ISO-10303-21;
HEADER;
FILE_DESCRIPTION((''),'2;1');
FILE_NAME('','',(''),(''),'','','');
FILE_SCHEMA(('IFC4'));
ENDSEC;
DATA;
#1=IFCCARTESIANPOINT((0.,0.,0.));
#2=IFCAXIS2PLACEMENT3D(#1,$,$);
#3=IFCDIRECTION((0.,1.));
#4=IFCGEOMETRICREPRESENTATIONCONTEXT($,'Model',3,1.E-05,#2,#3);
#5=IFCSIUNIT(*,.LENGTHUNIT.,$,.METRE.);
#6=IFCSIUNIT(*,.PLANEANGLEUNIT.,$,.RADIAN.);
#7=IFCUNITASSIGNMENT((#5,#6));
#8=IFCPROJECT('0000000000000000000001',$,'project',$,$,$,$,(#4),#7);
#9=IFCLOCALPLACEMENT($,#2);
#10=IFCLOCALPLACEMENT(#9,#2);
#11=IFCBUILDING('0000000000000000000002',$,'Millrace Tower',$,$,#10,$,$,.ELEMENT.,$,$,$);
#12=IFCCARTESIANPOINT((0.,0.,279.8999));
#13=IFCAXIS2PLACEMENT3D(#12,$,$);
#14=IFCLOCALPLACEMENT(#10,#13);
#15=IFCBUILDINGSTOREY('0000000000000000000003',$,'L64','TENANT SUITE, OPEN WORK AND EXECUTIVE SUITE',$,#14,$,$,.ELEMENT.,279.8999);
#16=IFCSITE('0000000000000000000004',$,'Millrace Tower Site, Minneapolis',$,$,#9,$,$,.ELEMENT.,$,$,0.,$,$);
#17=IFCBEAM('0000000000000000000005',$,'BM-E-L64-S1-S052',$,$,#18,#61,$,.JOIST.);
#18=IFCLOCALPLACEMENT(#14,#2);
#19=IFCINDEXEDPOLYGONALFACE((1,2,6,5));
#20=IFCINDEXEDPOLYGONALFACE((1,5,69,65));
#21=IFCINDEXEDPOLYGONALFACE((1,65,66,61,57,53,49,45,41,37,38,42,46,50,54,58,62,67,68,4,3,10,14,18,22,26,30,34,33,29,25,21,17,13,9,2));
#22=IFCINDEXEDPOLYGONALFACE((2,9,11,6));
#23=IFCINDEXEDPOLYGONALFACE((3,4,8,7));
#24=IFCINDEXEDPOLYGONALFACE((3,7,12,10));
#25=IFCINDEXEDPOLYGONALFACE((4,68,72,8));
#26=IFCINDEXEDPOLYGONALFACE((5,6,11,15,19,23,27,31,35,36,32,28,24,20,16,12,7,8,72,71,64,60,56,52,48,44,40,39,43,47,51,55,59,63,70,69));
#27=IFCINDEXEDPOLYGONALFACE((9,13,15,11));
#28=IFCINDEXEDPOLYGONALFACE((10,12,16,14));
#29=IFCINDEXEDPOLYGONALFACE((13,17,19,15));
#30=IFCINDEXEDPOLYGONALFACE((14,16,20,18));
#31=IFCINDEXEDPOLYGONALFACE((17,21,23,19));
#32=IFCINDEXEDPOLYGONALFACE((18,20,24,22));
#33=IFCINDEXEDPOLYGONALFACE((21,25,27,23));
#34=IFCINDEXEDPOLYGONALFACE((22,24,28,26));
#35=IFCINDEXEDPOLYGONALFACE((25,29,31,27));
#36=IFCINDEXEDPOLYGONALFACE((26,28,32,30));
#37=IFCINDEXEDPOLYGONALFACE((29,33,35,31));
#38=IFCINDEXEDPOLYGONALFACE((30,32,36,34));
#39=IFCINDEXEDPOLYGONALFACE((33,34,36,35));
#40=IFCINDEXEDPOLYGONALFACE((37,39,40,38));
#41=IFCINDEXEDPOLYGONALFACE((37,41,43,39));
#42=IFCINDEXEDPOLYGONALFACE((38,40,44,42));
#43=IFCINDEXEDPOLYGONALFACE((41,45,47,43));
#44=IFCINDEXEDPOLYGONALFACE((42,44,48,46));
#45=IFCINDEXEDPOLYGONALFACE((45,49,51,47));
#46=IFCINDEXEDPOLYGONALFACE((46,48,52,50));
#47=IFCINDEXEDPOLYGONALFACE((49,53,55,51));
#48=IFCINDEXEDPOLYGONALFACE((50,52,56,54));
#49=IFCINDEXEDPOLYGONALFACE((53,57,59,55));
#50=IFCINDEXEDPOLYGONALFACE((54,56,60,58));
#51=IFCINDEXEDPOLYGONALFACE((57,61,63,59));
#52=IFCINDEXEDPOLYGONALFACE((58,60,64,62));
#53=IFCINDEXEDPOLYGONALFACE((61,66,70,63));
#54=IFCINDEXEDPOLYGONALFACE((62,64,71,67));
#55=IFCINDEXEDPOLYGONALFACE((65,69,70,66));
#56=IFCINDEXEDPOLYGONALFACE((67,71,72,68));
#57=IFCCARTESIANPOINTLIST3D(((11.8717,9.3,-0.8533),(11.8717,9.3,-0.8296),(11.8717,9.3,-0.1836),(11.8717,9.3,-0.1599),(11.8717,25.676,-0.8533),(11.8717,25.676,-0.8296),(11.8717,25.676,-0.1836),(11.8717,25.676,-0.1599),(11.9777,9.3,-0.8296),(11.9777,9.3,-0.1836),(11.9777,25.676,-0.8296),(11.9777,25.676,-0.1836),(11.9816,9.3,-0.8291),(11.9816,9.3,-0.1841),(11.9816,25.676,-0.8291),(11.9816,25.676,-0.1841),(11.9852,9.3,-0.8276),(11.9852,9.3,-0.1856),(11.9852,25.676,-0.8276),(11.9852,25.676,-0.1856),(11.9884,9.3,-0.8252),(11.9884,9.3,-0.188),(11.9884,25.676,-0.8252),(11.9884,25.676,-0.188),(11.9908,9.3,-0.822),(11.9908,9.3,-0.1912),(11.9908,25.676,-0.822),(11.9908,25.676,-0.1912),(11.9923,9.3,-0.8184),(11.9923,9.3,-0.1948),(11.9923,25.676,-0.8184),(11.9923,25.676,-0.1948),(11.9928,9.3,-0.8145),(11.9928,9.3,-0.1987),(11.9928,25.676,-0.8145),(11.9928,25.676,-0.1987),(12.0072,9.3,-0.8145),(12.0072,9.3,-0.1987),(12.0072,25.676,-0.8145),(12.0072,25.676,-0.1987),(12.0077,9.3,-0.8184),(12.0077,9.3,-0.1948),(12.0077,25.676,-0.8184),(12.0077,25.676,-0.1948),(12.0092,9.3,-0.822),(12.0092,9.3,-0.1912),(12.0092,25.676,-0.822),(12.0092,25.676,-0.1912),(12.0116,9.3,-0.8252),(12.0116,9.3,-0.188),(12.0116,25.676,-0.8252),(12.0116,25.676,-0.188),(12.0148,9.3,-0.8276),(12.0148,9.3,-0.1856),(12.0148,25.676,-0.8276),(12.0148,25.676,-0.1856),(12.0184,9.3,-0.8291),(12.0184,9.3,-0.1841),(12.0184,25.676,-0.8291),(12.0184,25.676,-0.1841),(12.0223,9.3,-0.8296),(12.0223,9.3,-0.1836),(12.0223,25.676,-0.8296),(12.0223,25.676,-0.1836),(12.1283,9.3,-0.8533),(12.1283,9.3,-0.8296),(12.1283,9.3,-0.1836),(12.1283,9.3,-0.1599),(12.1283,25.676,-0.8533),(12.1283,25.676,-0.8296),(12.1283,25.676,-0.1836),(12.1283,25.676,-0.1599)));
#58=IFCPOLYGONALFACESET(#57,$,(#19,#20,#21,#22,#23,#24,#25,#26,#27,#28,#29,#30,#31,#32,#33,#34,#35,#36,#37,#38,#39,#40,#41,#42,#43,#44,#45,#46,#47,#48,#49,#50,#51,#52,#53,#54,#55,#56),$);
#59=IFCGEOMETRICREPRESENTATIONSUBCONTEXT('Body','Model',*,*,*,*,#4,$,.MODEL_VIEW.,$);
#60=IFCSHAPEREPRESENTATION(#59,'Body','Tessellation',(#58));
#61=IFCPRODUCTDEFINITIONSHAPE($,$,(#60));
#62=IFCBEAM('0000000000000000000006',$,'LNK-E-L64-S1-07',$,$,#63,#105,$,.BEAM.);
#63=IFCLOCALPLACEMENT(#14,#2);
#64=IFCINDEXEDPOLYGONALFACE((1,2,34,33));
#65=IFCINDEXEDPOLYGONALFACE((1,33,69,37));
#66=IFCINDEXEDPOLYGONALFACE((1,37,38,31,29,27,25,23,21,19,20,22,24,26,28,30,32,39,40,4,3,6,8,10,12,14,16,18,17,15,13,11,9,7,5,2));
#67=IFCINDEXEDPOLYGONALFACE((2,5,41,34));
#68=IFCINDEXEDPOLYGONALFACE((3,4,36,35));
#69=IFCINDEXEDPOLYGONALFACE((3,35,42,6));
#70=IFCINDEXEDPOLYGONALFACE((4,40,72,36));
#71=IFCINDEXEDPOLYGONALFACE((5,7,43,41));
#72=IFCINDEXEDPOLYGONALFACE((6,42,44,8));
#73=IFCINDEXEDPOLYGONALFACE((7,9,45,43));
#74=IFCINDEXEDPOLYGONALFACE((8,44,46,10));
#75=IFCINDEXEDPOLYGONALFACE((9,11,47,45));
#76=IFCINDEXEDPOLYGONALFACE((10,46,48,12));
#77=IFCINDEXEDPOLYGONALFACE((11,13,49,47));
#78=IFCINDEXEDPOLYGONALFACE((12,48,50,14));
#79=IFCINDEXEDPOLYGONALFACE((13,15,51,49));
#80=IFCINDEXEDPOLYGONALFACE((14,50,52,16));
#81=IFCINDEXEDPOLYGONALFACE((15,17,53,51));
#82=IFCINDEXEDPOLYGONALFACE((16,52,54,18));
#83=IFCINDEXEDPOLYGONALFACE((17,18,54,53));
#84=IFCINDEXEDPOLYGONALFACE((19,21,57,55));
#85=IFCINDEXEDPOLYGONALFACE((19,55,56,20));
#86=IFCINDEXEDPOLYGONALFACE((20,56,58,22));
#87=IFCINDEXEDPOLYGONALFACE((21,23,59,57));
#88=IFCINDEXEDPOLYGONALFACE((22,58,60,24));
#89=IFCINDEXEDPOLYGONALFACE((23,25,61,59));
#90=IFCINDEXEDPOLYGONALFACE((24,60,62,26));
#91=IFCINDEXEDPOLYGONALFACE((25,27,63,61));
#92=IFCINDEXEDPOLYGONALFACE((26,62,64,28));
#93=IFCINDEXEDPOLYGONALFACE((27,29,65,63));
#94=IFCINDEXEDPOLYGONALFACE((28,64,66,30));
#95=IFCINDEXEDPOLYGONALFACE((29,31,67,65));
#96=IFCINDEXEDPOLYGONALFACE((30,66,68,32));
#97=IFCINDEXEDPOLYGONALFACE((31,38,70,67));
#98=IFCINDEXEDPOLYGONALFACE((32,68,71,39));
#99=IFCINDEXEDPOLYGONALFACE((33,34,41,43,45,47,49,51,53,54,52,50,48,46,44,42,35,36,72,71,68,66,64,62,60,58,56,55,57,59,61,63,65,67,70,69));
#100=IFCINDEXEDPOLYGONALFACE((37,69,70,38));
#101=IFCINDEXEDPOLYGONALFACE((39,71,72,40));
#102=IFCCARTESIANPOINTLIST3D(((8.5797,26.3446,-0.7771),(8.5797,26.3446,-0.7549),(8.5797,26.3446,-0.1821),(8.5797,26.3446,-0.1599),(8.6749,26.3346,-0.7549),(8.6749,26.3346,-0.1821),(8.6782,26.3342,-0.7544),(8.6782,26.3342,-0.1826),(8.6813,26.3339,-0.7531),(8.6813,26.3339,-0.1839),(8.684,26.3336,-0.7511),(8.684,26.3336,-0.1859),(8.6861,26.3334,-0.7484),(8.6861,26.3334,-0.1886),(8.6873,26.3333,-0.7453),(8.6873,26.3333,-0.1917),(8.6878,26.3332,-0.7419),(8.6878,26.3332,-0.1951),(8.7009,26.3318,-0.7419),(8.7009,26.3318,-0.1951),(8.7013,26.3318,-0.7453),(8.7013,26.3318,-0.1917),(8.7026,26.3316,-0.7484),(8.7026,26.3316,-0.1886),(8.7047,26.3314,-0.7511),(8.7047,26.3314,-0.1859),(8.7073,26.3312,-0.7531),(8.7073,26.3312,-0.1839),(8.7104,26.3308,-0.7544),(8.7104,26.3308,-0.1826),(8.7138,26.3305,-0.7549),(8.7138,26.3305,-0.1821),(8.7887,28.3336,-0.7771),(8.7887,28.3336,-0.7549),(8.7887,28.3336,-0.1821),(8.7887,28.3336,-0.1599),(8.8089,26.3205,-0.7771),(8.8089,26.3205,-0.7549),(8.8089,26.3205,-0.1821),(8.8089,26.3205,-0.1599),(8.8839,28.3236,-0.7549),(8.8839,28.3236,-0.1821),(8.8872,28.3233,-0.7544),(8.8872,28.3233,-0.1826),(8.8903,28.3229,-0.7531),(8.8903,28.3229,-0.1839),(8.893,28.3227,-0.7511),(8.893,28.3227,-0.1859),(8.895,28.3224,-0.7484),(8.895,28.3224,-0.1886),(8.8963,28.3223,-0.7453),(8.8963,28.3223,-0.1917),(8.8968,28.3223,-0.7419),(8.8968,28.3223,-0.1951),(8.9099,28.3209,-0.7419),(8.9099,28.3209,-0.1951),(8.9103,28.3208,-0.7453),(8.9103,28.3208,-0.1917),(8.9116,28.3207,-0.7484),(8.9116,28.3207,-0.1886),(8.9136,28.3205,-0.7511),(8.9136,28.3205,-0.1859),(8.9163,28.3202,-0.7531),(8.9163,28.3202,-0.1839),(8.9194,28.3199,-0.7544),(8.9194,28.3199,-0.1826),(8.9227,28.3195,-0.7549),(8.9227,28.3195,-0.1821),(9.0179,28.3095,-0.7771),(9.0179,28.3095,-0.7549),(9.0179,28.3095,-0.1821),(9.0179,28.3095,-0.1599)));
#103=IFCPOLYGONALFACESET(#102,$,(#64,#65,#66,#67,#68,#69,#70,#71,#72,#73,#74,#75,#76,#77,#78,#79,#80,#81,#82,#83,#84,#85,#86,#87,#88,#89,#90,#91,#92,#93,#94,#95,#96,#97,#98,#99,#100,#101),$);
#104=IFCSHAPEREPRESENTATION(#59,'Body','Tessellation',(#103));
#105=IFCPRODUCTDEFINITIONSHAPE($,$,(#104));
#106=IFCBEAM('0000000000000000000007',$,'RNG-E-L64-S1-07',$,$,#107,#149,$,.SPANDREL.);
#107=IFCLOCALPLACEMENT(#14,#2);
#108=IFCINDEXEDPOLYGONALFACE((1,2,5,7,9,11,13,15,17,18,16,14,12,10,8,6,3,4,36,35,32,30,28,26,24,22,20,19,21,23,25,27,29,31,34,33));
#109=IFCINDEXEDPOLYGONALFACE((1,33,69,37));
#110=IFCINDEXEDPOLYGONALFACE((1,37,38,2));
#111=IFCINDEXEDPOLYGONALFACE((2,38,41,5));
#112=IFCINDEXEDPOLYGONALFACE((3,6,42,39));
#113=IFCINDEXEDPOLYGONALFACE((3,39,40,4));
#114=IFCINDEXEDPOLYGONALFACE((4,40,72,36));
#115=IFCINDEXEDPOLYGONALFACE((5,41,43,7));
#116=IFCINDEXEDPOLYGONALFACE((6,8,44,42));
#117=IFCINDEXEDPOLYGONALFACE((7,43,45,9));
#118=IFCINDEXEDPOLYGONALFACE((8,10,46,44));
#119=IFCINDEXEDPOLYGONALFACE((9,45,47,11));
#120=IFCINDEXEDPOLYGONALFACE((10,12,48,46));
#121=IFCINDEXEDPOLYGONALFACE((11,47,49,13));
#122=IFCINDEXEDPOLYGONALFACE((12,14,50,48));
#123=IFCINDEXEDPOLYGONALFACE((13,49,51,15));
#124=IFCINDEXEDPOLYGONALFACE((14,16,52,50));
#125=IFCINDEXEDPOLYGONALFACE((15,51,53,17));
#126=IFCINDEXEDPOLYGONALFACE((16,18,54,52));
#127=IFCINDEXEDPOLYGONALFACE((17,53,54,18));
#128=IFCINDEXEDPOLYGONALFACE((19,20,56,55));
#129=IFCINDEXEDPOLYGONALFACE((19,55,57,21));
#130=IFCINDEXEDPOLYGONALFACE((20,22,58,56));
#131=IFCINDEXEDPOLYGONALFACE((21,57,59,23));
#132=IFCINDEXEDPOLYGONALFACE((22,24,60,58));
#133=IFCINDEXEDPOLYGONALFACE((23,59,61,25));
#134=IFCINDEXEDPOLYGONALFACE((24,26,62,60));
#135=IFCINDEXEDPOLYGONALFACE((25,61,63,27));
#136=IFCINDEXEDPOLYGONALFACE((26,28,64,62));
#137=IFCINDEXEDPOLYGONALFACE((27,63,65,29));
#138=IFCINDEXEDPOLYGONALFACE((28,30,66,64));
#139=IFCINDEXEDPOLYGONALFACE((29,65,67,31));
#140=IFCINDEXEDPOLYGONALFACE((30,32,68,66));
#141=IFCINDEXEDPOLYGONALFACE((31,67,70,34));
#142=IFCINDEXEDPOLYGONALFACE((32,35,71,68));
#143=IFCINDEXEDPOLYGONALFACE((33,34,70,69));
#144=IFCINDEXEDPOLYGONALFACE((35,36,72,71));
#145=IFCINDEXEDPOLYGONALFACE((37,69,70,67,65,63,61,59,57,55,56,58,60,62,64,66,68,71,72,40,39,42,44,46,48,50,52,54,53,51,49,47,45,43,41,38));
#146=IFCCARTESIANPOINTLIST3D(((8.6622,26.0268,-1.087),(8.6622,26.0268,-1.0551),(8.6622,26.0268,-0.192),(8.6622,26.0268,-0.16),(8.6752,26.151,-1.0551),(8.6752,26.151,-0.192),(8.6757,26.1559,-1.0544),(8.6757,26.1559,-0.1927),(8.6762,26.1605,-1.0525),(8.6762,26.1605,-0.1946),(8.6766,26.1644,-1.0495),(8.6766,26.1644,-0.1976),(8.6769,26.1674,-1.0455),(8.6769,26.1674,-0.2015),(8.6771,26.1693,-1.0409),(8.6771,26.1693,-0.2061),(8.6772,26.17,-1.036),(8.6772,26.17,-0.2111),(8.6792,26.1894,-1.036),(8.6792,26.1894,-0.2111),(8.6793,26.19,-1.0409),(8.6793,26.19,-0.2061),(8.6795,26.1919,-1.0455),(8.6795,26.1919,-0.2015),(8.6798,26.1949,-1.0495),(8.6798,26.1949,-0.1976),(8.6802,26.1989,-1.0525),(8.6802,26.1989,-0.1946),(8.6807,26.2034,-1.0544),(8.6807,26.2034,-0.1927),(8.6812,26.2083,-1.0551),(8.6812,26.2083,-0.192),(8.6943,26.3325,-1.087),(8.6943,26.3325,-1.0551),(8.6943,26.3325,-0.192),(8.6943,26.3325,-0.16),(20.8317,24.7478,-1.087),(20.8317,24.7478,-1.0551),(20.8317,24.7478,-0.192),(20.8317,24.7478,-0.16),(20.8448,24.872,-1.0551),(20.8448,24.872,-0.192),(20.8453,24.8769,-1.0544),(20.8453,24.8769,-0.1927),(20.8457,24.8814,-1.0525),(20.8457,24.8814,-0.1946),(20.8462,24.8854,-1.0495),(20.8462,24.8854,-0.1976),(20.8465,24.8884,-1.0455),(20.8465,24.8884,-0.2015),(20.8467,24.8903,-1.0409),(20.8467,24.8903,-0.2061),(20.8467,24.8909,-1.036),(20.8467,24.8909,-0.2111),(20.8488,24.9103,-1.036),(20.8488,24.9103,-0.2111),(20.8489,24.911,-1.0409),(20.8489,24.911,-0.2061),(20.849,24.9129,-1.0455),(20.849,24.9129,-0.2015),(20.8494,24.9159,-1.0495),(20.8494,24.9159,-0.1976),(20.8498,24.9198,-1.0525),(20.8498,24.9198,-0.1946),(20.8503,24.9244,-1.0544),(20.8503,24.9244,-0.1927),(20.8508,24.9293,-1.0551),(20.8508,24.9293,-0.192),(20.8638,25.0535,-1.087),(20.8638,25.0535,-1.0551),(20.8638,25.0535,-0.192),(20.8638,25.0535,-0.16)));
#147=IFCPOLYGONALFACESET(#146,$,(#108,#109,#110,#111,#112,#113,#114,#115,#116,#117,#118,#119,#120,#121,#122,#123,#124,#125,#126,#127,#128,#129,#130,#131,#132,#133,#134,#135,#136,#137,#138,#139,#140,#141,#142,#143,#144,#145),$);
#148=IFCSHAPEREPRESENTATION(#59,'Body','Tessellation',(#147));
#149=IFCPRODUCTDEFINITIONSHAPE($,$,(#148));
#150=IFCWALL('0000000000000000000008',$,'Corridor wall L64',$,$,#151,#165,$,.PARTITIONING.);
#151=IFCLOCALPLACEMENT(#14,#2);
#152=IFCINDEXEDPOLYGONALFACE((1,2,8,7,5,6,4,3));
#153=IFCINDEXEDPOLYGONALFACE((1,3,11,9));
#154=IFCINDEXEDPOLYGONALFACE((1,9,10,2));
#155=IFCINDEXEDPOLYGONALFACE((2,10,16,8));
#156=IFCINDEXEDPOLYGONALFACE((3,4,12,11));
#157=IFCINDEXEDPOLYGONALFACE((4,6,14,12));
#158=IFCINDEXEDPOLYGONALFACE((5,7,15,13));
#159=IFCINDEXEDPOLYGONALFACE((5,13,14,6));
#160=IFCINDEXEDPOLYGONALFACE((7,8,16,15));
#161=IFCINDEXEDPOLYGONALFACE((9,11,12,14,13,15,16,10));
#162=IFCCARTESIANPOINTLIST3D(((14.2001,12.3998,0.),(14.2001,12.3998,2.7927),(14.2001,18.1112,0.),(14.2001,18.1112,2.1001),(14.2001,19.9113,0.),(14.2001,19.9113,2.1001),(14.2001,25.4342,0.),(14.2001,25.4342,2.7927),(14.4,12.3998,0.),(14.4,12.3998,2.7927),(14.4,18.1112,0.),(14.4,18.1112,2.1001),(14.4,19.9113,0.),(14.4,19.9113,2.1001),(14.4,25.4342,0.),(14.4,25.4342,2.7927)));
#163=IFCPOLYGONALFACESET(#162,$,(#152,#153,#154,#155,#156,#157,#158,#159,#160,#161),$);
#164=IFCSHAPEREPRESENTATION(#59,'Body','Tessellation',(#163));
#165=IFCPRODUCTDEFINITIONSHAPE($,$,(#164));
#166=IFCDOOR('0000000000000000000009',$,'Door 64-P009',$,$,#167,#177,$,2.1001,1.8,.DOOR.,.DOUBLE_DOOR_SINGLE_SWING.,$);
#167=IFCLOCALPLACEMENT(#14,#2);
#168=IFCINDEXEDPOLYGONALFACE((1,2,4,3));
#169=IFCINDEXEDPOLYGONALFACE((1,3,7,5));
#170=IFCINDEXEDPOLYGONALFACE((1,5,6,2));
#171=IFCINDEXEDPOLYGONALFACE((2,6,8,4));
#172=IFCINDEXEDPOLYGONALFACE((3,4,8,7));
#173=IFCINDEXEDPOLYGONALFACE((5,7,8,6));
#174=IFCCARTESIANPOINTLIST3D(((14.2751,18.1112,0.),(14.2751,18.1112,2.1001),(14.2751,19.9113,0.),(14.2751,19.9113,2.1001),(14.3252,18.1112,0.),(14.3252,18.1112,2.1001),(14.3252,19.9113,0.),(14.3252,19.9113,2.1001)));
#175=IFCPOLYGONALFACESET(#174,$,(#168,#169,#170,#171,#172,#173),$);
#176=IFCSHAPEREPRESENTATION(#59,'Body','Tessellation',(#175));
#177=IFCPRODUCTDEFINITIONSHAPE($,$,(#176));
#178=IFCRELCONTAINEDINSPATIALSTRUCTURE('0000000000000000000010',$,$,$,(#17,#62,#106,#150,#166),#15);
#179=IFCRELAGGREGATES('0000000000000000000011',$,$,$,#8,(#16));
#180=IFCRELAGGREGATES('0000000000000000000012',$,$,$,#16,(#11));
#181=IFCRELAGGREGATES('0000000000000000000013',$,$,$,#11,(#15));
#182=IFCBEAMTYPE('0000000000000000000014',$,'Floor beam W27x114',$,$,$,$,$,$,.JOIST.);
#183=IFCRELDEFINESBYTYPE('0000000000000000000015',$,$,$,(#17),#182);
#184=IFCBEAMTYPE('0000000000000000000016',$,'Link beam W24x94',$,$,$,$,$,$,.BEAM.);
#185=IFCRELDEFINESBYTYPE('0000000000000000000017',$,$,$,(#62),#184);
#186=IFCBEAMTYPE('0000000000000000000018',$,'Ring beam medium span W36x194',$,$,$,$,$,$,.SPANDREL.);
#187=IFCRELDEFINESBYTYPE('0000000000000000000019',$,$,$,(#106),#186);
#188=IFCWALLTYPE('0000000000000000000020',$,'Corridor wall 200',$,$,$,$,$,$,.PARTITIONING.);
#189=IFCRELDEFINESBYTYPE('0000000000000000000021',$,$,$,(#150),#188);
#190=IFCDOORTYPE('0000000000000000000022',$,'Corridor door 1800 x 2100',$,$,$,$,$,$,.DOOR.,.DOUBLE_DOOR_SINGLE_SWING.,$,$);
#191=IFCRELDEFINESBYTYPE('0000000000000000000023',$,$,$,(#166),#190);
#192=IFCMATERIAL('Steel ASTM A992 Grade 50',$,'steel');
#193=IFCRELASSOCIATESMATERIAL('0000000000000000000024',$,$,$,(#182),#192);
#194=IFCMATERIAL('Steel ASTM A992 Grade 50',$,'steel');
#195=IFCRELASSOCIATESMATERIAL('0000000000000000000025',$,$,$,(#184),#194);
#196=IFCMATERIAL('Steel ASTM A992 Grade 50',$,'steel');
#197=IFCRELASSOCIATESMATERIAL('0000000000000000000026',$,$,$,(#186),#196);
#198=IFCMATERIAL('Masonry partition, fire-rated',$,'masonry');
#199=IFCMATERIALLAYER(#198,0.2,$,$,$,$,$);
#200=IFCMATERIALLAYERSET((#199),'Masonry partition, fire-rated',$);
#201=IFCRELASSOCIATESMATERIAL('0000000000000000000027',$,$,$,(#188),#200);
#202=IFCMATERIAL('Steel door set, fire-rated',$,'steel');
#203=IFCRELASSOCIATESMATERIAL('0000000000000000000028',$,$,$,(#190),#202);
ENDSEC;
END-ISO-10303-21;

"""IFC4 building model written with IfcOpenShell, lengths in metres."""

from ifc_helpers import new_model, si_unit, direction, frame, frame_2d, origin, origin_2d, place, context, subcontext, project, spatial, rectangle, i_section, extrude, material, layer, layer_set, material_profile, profile_set, type_object, element, fill, save


model = new_model("IFC4")

# Units and contexts
model_context = context("Model", 3, precision=1e-05, world=origin(), true_north=direction((0.0, 1.0)))
body_context = subcontext(model_context, "Body", "Model", "MODEL_VIEW")
ifc_project = project(units=[si_unit("LENGTHUNIT", "METRE"), si_unit("PLANEANGLEUNIT", "RADIAN")], contexts=[model_context])

# Site, building, storey
site_placement = place(None, origin())
site = spatial("IfcSite", under=ifc_project, at=site_placement, Name="Millrace Tower Site, Minneapolis", CompositionType="ELEMENT", RefElevation=0.0)
building_placement = place(site_placement, origin())
building = spatial("IfcBuilding", under=site, at=building_placement, Name="Millrace Tower", CompositionType="ELEMENT")
storey_placement = place(building_placement, frame((0.0, 0.0, 279.8999)))
storey = spatial("IfcBuildingStorey", under=building, at=storey_placement, Name="L64", Description="TENANT SUITE, OPEN WORK AND EXECUTIVE SUITE", CompositionType="ELEMENT", Elevation=279.8999)

# Beams
ifc_material_1 = material(Name="Steel ASTM A992 Grade 50", Category="steel")
ifc_material_profile_1 = material_profile(ifc_material_1, i_section(OverallWidth=0.2566, OverallDepth=0.6934, WebThickness=0.0144, FlangeThickness=0.0237, FilletRadius=0.0151, at=origin_2d()))
ifc_profile_set_1 = profile_set([ifc_material_profile_1], Name="Steel ASTM A992 Grade 50")
beam_type_1 = type_object("IfcBeamType", Name="Floor beam W27x114", PredefinedType="JOIST", material=ifc_profile_set_1)
beam_1_placement = place(storey_placement, frame((12.0, 9.3, -0.5066), z_axis=(0.0, 1.0, 0.0), x_axis=(-1.0, 0.0, 0.0)))
element("IfcBeam", 1, at=beam_1_placement, inside=storey, type_object=beam_type_1, Name="BM-E-L64-S1-S052", PredefinedType="JOIST", context=body_context, shape_type="SweptSolid", body=[
    extrude(i_section(OverallWidth=0.2566, OverallDepth=0.6934, WebThickness=0.0144, FlangeThickness=0.0237, FilletRadius=0.0151, at=origin_2d()), origin(), (0.0, 0.0, 1.0), 16.376),
])
ifc_material_2 = material(Name="Steel ASTM A992 Grade 50", Category="steel")
ifc_material_profile_2 = material_profile(ifc_material_2, i_section(OverallWidth=0.2305, OverallDepth=0.6172, WebThickness=0.0132, FlangeThickness=0.0222, FilletRadius=0.0129, at=origin_2d()))
ifc_profile_set_2 = profile_set([ifc_material_profile_2], Name="Steel ASTM A992 Grade 50")
beam_type_2 = type_object("IfcBeamType", Name="Link beam W24x94", PredefinedType="BEAM", material=ifc_profile_set_2)
beam_2_placement = place(storey_placement, frame((8.6943, 26.3325, -0.4685), z_axis=(0.104494, 0.994526, 0.0), x_axis=(-0.994526, 0.104494, 0.0)))
element("IfcBeam", 2, at=beam_2_placement, inside=storey, type_object=beam_type_2, Name="LNK-E-L64-S1-07", PredefinedType="BEAM", context=body_context, shape_type="SweptSolid", body=[
    extrude(i_section(OverallWidth=0.2305, OverallDepth=0.6172, WebThickness=0.0132, FlangeThickness=0.0222, FilletRadius=0.0129, at=origin_2d()), origin(), (0.0, 0.0, 1.0), 2.0),
])
ifc_material_3 = material(Name="Steel ASTM A992 Grade 50", Category="steel")
ifc_material_profile_3 = material_profile(ifc_material_3, i_section(OverallWidth=0.3074, OverallDepth=0.927, WebThickness=0.0195, FlangeThickness=0.032, FilletRadius=0.019, at=origin_2d()))
ifc_profile_set_3 = profile_set([ifc_material_profile_3], Name="Steel ASTM A992 Grade 50")
beam_type_3 = type_object("IfcBeamType", Name="Ring beam medium span W36x194", PredefinedType="SPANDREL", material=ifc_profile_set_3)
beam_3_placement = place(storey_placement, frame((8.6782, 26.1797, -0.6235), z_axis=(0.994522, -0.104528, 0.0), x_axis=(0.104528, 0.994522, 0.0)))
element("IfcBeam", 3, at=beam_3_placement, inside=storey, type_object=beam_type_3, Name="RNG-E-L64-S1-07", PredefinedType="SPANDREL", context=body_context, shape_type="SweptSolid", body=[
    extrude(i_section(OverallWidth=0.3074, OverallDepth=0.927, WebThickness=0.0195, FlangeThickness=0.032, FilletRadius=0.019, at=origin_2d()), origin(), (0.0, 0.0, 1.0), 12.2366),
])

# Wall, opening, door
ifc_material_4 = material(Name="Masonry partition, fire-rated", Category="masonry")
ifc_layer_1 = layer(ifc_material_4, 0.2)
ifc_layer_set_1 = layer_set([ifc_layer_1], Name="Masonry partition, fire-rated")
wall_type_1 = type_object("IfcWallType", Name="Corridor wall 200", PredefinedType="PARTITIONING", material=ifc_layer_set_1)
wall_1_placement = place(storey_placement, frame((14.3, 12.3999, 0.0), z_axis=(0.0, 0.0, 1.0), x_axis=(0.0, 1.0, 0.0)))
wall_1 = element("IfcWall", 4, at=wall_1_placement, inside=storey, type_object=wall_type_1, Name="Corridor wall L64", PredefinedType="PARTITIONING", context=body_context, shape_type="SweptSolid", body=[
    extrude(rectangle(XDim=13.0344, YDim=0.2, at=frame_2d((6.5171, 0.0))), origin(), (0.0, 0.0, 1.0), 2.7927),
])
opening_placement = place(wall_1_placement, frame((5.7114, 0.0, 0.0)))
opening = element("IfcOpeningElement", 5, at=opening_placement, cuts=wall_1, PredefinedType="OPENING", context=body_context, shape_type="SweptSolid", body=[
    extrude(rectangle(XDim=1.8, YDim=2.1001, at=frame_2d((0.8999, 1.05))), frame((0.0, 0.1099, 0.0), z_axis=(0.0, -1.0, 0.0), x_axis=(1.0, 0.0, 0.0)), (0.0, 0.0, 1.0), 0.22),
])
ifc_material_5 = material(Name="Steel door set, fire-rated", Category="steel")
door_type = type_object("IfcDoorType", Name="Corridor door 1800 x 2100", OperationType="DOUBLE_DOOR_SINGLE_SWING", PredefinedType="DOOR", material=ifc_material_5)
door_placement = place(opening_placement, origin())
door = element("IfcDoor", 6, at=door_placement, inside=storey, type_object=door_type, Name="Door 64-P009", OperationType="DOUBLE_DOOR_SINGLE_SWING", OverallHeight=2.1001, OverallWidth=1.8, PredefinedType="DOOR", context=body_context, shape_type="SweptSolid", body=[
    extrude(rectangle(XDim=1.8, YDim=2.1001, at=frame_2d((0.8999, 1.05))), frame((0.0, 0.0249, 0.0), z_axis=(0.0, -1.0, 0.0), x_axis=(1.0, 0.0, 0.0)), (0.0, 0.0, 1.0), 0.05),
])
fill(opening, door)

save(model, "model.ifc")
